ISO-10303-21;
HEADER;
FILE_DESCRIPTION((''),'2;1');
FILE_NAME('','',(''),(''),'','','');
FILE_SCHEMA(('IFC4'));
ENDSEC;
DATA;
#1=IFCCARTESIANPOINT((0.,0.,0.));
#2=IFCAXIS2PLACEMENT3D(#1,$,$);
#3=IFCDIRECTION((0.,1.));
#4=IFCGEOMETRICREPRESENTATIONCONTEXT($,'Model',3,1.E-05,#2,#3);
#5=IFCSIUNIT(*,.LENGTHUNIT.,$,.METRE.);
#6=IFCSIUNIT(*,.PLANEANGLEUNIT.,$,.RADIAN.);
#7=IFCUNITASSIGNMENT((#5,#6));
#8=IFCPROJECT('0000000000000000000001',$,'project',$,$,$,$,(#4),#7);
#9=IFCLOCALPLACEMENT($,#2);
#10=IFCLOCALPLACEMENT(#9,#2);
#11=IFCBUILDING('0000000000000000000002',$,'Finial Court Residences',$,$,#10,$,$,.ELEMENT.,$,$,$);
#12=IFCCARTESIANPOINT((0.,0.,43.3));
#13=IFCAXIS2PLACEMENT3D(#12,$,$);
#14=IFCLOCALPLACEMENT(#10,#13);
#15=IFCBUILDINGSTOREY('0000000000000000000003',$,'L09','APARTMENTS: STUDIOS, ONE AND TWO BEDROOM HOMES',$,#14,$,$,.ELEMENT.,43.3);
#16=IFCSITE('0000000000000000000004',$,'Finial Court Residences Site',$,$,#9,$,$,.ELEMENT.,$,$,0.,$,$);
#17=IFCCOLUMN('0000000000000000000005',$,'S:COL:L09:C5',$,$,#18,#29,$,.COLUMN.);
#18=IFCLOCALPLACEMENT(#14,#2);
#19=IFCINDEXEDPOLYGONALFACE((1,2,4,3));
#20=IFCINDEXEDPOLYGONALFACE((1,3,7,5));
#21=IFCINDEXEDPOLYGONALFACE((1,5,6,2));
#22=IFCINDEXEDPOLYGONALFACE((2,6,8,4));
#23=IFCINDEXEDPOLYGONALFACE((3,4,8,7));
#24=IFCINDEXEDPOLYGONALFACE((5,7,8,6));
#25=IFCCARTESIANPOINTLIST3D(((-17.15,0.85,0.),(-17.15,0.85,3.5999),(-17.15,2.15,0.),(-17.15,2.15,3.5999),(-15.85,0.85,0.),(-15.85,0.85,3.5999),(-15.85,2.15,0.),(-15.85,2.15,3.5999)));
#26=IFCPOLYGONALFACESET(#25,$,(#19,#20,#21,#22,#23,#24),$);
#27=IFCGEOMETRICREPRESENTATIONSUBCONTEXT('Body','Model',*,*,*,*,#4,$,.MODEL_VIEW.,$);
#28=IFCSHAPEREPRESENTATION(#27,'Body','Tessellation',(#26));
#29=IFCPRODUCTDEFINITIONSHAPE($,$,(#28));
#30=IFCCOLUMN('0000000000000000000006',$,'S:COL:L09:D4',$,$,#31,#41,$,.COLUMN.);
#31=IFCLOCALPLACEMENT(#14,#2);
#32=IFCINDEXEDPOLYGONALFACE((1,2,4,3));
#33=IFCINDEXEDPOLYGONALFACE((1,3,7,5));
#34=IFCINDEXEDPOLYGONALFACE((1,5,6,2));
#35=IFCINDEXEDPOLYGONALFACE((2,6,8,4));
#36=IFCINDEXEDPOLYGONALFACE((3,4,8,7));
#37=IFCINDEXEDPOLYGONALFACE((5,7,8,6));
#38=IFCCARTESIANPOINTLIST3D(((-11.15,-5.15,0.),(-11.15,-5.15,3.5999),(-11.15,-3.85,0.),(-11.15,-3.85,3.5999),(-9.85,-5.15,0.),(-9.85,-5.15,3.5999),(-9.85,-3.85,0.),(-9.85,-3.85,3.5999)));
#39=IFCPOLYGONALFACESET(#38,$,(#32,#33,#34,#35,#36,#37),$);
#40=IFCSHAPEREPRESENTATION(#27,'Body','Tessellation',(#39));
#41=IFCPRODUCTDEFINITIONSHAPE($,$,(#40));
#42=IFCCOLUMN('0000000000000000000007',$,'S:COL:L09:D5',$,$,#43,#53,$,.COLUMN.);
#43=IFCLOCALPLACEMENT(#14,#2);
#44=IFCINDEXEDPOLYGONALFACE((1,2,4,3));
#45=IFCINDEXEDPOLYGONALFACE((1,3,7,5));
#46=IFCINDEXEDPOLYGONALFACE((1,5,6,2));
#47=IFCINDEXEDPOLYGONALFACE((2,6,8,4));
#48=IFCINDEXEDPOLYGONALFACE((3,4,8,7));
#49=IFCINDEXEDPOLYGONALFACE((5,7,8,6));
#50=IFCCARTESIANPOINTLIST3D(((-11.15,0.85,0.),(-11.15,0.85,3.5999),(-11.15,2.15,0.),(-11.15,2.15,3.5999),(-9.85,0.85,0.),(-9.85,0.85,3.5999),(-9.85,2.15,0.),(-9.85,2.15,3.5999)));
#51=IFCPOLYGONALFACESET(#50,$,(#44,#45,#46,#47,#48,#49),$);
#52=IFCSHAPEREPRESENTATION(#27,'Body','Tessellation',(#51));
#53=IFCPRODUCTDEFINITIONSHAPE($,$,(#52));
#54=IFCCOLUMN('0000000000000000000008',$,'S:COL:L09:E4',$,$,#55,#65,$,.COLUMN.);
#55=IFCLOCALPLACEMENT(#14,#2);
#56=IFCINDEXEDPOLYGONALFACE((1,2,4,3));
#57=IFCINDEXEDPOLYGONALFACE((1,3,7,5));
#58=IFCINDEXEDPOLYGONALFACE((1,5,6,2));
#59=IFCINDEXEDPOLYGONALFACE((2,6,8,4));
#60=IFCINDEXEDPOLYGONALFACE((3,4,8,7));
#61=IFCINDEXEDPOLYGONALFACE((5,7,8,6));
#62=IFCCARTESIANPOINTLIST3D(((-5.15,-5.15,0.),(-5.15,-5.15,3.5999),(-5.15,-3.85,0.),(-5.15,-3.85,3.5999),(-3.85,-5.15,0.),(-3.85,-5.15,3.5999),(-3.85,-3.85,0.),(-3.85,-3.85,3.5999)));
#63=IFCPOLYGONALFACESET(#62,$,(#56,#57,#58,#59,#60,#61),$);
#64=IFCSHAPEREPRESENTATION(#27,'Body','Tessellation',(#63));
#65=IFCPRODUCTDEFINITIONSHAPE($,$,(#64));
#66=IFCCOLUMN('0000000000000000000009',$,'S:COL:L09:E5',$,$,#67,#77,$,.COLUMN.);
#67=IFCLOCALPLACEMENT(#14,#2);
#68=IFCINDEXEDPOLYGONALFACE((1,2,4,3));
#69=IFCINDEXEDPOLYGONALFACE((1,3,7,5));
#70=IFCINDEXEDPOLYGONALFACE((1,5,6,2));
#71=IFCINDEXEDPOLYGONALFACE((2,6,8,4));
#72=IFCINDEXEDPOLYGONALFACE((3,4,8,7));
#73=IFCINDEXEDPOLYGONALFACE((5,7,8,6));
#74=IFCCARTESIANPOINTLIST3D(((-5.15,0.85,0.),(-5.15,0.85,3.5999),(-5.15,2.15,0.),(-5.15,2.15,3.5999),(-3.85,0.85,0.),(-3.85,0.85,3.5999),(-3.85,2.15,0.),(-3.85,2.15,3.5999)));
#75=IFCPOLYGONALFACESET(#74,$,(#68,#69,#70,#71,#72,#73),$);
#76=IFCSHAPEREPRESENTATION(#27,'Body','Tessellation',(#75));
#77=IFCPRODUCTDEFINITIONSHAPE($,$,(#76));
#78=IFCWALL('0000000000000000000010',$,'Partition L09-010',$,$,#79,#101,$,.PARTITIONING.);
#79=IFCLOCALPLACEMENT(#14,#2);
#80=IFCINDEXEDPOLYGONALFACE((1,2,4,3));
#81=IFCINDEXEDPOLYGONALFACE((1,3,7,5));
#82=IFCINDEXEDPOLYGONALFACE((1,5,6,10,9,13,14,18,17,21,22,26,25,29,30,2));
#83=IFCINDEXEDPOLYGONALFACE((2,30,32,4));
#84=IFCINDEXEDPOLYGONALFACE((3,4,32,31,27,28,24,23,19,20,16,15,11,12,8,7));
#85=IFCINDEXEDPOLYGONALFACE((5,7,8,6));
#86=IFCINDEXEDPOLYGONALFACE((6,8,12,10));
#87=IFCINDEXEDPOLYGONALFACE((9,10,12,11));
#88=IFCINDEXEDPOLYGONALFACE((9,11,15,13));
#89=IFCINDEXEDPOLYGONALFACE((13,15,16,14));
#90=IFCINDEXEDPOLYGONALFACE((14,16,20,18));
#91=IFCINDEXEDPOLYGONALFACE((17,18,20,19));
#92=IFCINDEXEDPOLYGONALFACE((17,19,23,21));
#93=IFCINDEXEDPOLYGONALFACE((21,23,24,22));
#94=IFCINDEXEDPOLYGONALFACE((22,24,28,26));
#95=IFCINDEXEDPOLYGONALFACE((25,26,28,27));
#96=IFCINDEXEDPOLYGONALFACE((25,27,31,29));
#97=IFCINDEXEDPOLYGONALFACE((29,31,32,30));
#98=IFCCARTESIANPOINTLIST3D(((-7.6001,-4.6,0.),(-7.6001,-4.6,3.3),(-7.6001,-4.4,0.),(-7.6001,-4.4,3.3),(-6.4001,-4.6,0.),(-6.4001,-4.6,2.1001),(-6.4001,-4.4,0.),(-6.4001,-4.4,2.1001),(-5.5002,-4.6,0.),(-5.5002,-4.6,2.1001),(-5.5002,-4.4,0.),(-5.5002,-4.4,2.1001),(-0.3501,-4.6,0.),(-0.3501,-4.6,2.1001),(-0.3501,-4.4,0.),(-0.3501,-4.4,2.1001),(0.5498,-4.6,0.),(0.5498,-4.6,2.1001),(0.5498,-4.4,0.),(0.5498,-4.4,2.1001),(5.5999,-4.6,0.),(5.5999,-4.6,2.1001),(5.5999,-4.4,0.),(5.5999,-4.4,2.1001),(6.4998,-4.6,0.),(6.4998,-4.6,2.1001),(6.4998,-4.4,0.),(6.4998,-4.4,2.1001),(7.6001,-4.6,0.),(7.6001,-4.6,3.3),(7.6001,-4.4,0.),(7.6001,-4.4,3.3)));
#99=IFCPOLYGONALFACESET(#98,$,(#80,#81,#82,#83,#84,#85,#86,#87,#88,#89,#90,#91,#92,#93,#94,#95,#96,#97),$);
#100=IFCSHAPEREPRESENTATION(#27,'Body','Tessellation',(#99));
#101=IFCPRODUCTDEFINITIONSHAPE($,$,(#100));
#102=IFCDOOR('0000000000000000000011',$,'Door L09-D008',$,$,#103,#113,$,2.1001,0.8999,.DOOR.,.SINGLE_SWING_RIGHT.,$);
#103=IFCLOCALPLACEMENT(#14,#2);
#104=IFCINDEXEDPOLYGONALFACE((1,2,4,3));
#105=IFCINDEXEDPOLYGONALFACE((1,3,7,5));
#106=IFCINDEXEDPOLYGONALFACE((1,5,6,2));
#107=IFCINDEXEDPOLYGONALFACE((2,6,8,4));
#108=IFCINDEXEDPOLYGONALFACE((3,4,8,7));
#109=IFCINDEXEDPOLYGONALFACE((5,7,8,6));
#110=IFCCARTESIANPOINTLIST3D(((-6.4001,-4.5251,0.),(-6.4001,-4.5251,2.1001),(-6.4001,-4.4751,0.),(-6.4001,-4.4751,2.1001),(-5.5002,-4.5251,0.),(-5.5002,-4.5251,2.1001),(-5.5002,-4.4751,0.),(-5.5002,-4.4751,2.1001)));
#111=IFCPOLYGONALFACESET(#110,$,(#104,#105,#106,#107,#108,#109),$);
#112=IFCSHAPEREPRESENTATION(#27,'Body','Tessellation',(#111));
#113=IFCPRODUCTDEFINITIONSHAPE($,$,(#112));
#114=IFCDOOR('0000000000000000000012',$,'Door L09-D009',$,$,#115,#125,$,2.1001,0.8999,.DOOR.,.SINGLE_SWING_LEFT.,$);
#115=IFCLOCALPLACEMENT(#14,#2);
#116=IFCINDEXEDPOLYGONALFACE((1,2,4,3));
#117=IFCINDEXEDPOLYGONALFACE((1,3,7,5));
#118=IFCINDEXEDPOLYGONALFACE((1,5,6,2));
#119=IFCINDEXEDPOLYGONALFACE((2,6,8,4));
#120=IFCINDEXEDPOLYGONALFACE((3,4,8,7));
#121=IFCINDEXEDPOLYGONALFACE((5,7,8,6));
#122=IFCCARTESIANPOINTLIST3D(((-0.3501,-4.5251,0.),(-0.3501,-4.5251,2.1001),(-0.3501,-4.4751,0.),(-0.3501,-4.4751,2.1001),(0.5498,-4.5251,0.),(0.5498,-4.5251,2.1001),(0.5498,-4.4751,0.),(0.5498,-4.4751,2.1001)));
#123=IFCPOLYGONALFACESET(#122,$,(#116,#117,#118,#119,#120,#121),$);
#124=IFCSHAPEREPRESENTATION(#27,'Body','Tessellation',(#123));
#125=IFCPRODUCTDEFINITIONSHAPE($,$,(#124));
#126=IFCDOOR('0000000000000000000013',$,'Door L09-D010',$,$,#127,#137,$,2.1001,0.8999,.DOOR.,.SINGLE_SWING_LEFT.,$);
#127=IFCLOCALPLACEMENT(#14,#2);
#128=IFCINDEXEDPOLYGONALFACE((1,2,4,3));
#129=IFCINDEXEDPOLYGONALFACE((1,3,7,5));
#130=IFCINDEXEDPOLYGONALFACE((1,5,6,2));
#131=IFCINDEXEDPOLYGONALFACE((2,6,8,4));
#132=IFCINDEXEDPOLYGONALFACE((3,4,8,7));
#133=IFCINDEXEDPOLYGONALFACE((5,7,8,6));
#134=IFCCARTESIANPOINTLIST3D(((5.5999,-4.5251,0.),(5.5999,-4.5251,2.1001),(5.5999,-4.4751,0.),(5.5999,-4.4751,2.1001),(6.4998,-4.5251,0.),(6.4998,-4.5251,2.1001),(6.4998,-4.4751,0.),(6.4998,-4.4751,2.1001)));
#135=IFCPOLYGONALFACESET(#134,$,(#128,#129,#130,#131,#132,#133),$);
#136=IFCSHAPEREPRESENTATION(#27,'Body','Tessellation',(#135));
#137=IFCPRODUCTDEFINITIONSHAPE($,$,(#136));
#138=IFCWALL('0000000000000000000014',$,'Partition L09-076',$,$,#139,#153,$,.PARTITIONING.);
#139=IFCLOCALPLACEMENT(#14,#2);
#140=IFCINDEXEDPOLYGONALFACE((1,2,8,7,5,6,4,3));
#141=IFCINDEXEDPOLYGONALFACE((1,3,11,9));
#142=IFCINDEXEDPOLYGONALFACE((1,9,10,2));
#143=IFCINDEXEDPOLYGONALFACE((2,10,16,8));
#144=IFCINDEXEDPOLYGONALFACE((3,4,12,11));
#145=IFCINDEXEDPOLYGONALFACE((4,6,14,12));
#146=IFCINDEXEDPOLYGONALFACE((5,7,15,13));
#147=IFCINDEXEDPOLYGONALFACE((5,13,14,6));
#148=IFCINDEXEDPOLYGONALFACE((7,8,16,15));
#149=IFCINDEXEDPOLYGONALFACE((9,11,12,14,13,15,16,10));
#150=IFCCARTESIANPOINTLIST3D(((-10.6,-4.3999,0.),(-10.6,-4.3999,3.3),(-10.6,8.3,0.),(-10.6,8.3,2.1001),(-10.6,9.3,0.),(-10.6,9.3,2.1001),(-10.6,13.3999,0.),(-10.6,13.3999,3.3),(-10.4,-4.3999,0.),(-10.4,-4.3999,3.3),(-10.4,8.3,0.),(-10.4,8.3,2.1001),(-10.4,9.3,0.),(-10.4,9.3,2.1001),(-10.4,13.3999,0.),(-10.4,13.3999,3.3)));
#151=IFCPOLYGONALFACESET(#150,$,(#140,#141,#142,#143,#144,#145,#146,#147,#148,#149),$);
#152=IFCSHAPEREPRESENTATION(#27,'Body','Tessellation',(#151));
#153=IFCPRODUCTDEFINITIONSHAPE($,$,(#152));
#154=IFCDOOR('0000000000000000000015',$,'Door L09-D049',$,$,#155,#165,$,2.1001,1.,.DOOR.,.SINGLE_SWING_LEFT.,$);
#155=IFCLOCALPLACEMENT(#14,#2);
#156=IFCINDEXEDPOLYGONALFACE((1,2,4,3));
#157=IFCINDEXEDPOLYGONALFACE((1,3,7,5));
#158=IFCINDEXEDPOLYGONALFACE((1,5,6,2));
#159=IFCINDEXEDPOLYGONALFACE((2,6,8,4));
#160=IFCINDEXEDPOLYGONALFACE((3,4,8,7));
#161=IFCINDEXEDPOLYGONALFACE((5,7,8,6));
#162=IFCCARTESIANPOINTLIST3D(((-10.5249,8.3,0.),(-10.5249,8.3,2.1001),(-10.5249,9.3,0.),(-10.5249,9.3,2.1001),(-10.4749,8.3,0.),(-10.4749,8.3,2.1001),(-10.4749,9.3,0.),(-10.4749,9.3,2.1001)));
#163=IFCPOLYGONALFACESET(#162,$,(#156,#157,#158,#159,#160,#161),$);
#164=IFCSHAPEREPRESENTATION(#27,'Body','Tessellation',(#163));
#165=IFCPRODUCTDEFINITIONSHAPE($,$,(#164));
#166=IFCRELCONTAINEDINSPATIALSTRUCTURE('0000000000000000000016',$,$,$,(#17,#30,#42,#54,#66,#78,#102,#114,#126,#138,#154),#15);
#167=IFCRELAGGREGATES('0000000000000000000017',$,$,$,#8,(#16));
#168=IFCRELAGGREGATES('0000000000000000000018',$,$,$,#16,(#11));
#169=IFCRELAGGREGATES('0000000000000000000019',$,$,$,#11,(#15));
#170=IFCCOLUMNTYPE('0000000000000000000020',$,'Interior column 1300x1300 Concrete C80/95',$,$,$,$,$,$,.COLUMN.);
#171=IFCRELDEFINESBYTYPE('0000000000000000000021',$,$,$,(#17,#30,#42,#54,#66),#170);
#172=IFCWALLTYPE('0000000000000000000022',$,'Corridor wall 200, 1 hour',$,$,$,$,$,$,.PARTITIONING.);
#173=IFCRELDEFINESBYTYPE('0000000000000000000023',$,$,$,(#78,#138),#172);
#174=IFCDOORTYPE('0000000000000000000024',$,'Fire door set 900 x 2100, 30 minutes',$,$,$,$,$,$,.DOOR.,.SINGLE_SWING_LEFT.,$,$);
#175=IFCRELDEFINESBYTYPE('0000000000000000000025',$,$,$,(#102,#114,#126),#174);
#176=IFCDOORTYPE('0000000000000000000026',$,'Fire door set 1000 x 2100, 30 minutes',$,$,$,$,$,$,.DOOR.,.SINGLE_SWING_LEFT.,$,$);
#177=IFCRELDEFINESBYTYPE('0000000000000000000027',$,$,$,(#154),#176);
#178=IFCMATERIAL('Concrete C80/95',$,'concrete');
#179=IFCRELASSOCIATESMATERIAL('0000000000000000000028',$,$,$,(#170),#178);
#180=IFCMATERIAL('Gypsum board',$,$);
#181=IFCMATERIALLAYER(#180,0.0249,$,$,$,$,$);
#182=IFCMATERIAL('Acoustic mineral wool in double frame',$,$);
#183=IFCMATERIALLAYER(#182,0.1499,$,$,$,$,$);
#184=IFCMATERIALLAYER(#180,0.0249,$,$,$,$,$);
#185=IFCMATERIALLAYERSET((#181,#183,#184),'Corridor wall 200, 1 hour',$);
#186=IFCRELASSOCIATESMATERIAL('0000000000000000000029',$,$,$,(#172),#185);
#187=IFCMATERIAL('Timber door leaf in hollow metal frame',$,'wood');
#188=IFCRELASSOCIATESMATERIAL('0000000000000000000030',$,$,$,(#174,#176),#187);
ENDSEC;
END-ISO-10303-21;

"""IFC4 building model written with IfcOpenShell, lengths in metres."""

from ifc_helpers import new_model, si_unit, direction, frame, frame_2d, origin, origin_2d, place, context, subcontext, project, spatial, rectangle, extrude, material, layer, layer_set, material_profile, profile_set, type_object, element, fill, save


model = new_model("IFC4")

# Units and contexts
model_context = context("Model", 3, precision=1e-05, world=origin(), true_north=direction((0.0, 1.0)))
body_context = subcontext(model_context, "Body", "Model", "MODEL_VIEW")
ifc_project = project(units=[si_unit("LENGTHUNIT", "METRE"), si_unit("PLANEANGLEUNIT", "RADIAN")], contexts=[model_context])

# Site, building, storey
site_placement = place(None, origin())
site = spatial("IfcSite", under=ifc_project, at=site_placement, Name="Finial Court Residences Site", CompositionType="ELEMENT", RefElevation=0.0)
building_placement = place(site_placement, origin())
building = spatial("IfcBuilding", under=site, at=building_placement, Name="Finial Court Residences", CompositionType="ELEMENT")
storey_placement = place(building_placement, frame((0.0, 0.0, 43.3)))
storey = spatial("IfcBuildingStorey", under=building, at=storey_placement, Name="L09", Description="APARTMENTS: STUDIOS, ONE AND TWO BEDROOM HOMES", CompositionType="ELEMENT", Elevation=43.3)

# Columns
ifc_material_1 = material(Name="Concrete C80/95", Category="concrete")
ifc_material_profile = material_profile(ifc_material_1, rectangle(XDim=1.3, YDim=1.3, at=origin_2d()), Name="1300x1300")
ifc_profile_set = profile_set([ifc_material_profile], Name="Concrete C80/95")
column_type = type_object("IfcColumnType", Name="Interior column 1300x1300 Concrete C80/95", PredefinedType="COLUMN", material=ifc_profile_set)
for number, where, z_axis, x_axis, name in (
    (1, (-16.5, 1.5, 0.0), (0.0, 0.0, 1.0), (1.0, 0.0, 0.0), "S:COL:L09:C5"),
    (2, (-10.5, -4.5, 0.0), (0.0, 0.0, 1.0), (1.0, 0.0, 0.0), "S:COL:L09:D4"),
    (3, (-10.5, 1.5, 0.0), (0.0, 0.0, 1.0), (1.0, 0.0, 0.0), "S:COL:L09:D5"),
    (4, (-4.5, -4.5, 0.0), (0.0, 0.0, 1.0), (1.0, 0.0, 0.0), "S:COL:L09:E4"),
    (5, (-4.5, 1.5, 0.0), (0.0, 0.0, 1.0), (1.0, 0.0, 0.0), "S:COL:L09:E5"),
):
    element("IfcColumn", number, at=place(storey_placement, frame(where, z_axis=z_axis, x_axis=x_axis)), inside=storey, type_object=column_type, Name=name, PredefinedType="COLUMN", context=body_context, shape_type="SweptSolid", body=[
        extrude(rectangle(XDim=1.3, YDim=1.3, at=origin_2d()), origin(), (0.0, 0.0, 1.0), 3.5999),
    ])

# Wall, openings, doors
ifc_material_2 = material(Name="Gypsum board")
ifc_layer_1 = layer(ifc_material_2, 0.0249)
ifc_material_3 = material(Name="Acoustic mineral wool in double frame")
ifc_layer_2 = layer(ifc_material_3, 0.1499)
ifc_layer_3 = layer(ifc_material_2, 0.0249)
ifc_layer_set_1 = layer_set([ifc_layer_1, ifc_layer_2, ifc_layer_3], Name="Corridor wall 200, 1 hour")
wall_type_1 = type_object("IfcWallType", Name="Corridor wall 200, 1 hour", PredefinedType="PARTITIONING", material=ifc_layer_set_1)
wall_1_placement = place(storey_placement, frame((-7.6001, -4.5, 0.0), z_axis=(0.0, 0.0, 1.0), x_axis=(1.0, 0.0, 0.0)))
wall_1 = element("IfcWall", 6, at=wall_1_placement, inside=storey, type_object=wall_type_1, Name="Partition L09-010", PredefinedType="PARTITIONING", context=body_context, shape_type="SweptSolid", body=[
    extrude(rectangle(XDim=15.2002, YDim=0.2, at=frame_2d((7.6001, 0.0))), origin(), (0.0, 0.0, 1.0), 3.3),
])
opening_1_placement = place(wall_1_placement, frame((1.2, 0.0, 0.0)))
opening_1 = element("IfcOpeningElement", 7, at=opening_1_placement, cuts=wall_1, PredefinedType="OPENING", context=body_context, shape_type="SweptSolid", body=[
    extrude(rectangle(XDim=0.8999, YDim=2.1001, at=frame_2d((0.45, 1.05))), frame((0.0, 0.1099, 0.0), z_axis=(0.0, -1.0, 0.0), x_axis=(1.0, 0.0, 0.0)), (0.0, 0.0, 1.0), 0.22),
])
opening_2_placement = place(wall_1_placement, frame((7.25, 0.0, 0.0)))
opening_2 = element("IfcOpeningElement", 8, at=opening_2_placement, cuts=wall_1, PredefinedType="OPENING", context=body_context, shape_type="SweptSolid", body=[
    extrude(rectangle(XDim=0.8999, YDim=2.1001, at=frame_2d((0.45, 1.05))), frame((0.0, 0.1099, 0.0), z_axis=(0.0, -1.0, 0.0), x_axis=(1.0, 0.0, 0.0)), (0.0, 0.0, 1.0), 0.22),
])
opening_3_placement = place(wall_1_placement, frame((13.2, 0.0, 0.0)))
opening_3 = element("IfcOpeningElement", 9, at=opening_3_placement, cuts=wall_1, PredefinedType="OPENING", context=body_context, shape_type="SweptSolid", body=[
    extrude(rectangle(XDim=0.8999, YDim=2.1001, at=frame_2d((0.45, 1.05))), frame((0.0, 0.1099, 0.0), z_axis=(0.0, -1.0, 0.0), x_axis=(1.0, 0.0, 0.0)), (0.0, 0.0, 1.0), 0.22),
])
ifc_material_4 = material(Name="Timber door leaf in hollow metal frame", Category="wood")
door_type_1 = type_object("IfcDoorType", Name="Fire door set 900 x 2100, 30 minutes", OperationType="SINGLE_SWING_LEFT", PredefinedType="DOOR", material=ifc_material_4)
door_1_placement = place(opening_1_placement, origin())
door_1 = element("IfcDoor", 10, at=door_1_placement, inside=storey, type_object=door_type_1, Name="Door L09-D008", OperationType="SINGLE_SWING_RIGHT", OverallHeight=2.1001, OverallWidth=0.8999, PredefinedType="DOOR", context=body_context, shape_type="SweptSolid", body=[
    extrude(rectangle(XDim=0.8999, YDim=2.1001, at=frame_2d((0.45, 1.05))), frame((0.0, 0.0249, 0.0), z_axis=(0.0, -1.0, 0.0), x_axis=(1.0, 0.0, 0.0)), (0.0, 0.0, 1.0), 0.05),
])
fill(opening_1, door_1)
door_2_placement = place(opening_2_placement, origin())
door_2 = element("IfcDoor", 11, at=door_2_placement, inside=storey, type_object=door_type_1, Name="Door L09-D009", OperationType="SINGLE_SWING_LEFT", OverallHeight=2.1001, OverallWidth=0.8999, PredefinedType="DOOR", context=body_context, shape_type="SweptSolid", body=[
    extrude(rectangle(XDim=0.8999, YDim=2.1001, at=frame_2d((0.45, 1.05))), frame((0.0, 0.0249, 0.0), z_axis=(0.0, -1.0, 0.0), x_axis=(1.0, 0.0, 0.0)), (0.0, 0.0, 1.0), 0.05),
])
fill(opening_2, door_2)
door_3_placement = place(opening_3_placement, origin())
door_3 = element("IfcDoor", 12, at=door_3_placement, inside=storey, type_object=door_type_1, Name="Door L09-D010", OperationType="SINGLE_SWING_LEFT", OverallHeight=2.1001, OverallWidth=0.8999, PredefinedType="DOOR", context=body_context, shape_type="SweptSolid", body=[
    extrude(rectangle(XDim=0.8999, YDim=2.1001, at=frame_2d((0.45, 1.05))), frame((0.0, 0.0249, 0.0), z_axis=(0.0, -1.0, 0.0), x_axis=(1.0, 0.0, 0.0)), (0.0, 0.0, 1.0), 0.05),
])
fill(opening_3, door_3)

# Wall, opening, door
wall_2_placement = place(storey_placement, frame((-10.5, -4.3999, 0.0), z_axis=(0.0, 0.0, 1.0), x_axis=(0.0, 1.0, 0.0)))
wall_2 = element("IfcWall", 13, at=wall_2_placement, inside=storey, type_object=wall_type_1, Name="Partition L09-076", PredefinedType="PARTITIONING", context=body_context, shape_type="SweptSolid", body=[
    extrude(rectangle(XDim=17.7998, YDim=0.2, at=frame_2d((8.8999, 0.0))), origin(), (0.0, 0.0, 1.0), 3.3),
])
opening_4_placement = place(wall_2_placement, frame((12.7, 0.0, 0.0)))
opening_4 = element("IfcOpeningElement", 14, at=opening_4_placement, cuts=wall_2, PredefinedType="OPENING", context=body_context, shape_type="SweptSolid", body=[
    extrude(rectangle(XDim=1.0, YDim=2.1001, at=frame_2d((0.5, 1.05))), frame((0.0, 0.1099, 0.0), z_axis=(0.0, -1.0, 0.0), x_axis=(1.0, 0.0, 0.0)), (0.0, 0.0, 1.0), 0.22),
])
door_type_2 = type_object("IfcDoorType", Name="Fire door set 1000 x 2100, 30 minutes", OperationType="SINGLE_SWING_LEFT", PredefinedType="DOOR", material=ifc_material_4)
door_4_placement = place(opening_4_placement, origin())
door_4 = element("IfcDoor", 15, at=door_4_placement, inside=storey, type_object=door_type_2, Name="Door L09-D049", OperationType="SINGLE_SWING_LEFT", OverallHeight=2.1001, OverallWidth=1.0, PredefinedType="DOOR", context=body_context, shape_type="SweptSolid", body=[
    extrude(rectangle(XDim=1.0, YDim=2.1001, at=frame_2d((0.5, 1.05))), frame((0.0, 0.0249, 0.0), z_axis=(0.0, -1.0, 0.0), x_axis=(1.0, 0.0, 0.0)), (0.0, 0.0, 1.0), 0.05),
])
fill(opening_4, door_4)

save(model, "model.ifc")
